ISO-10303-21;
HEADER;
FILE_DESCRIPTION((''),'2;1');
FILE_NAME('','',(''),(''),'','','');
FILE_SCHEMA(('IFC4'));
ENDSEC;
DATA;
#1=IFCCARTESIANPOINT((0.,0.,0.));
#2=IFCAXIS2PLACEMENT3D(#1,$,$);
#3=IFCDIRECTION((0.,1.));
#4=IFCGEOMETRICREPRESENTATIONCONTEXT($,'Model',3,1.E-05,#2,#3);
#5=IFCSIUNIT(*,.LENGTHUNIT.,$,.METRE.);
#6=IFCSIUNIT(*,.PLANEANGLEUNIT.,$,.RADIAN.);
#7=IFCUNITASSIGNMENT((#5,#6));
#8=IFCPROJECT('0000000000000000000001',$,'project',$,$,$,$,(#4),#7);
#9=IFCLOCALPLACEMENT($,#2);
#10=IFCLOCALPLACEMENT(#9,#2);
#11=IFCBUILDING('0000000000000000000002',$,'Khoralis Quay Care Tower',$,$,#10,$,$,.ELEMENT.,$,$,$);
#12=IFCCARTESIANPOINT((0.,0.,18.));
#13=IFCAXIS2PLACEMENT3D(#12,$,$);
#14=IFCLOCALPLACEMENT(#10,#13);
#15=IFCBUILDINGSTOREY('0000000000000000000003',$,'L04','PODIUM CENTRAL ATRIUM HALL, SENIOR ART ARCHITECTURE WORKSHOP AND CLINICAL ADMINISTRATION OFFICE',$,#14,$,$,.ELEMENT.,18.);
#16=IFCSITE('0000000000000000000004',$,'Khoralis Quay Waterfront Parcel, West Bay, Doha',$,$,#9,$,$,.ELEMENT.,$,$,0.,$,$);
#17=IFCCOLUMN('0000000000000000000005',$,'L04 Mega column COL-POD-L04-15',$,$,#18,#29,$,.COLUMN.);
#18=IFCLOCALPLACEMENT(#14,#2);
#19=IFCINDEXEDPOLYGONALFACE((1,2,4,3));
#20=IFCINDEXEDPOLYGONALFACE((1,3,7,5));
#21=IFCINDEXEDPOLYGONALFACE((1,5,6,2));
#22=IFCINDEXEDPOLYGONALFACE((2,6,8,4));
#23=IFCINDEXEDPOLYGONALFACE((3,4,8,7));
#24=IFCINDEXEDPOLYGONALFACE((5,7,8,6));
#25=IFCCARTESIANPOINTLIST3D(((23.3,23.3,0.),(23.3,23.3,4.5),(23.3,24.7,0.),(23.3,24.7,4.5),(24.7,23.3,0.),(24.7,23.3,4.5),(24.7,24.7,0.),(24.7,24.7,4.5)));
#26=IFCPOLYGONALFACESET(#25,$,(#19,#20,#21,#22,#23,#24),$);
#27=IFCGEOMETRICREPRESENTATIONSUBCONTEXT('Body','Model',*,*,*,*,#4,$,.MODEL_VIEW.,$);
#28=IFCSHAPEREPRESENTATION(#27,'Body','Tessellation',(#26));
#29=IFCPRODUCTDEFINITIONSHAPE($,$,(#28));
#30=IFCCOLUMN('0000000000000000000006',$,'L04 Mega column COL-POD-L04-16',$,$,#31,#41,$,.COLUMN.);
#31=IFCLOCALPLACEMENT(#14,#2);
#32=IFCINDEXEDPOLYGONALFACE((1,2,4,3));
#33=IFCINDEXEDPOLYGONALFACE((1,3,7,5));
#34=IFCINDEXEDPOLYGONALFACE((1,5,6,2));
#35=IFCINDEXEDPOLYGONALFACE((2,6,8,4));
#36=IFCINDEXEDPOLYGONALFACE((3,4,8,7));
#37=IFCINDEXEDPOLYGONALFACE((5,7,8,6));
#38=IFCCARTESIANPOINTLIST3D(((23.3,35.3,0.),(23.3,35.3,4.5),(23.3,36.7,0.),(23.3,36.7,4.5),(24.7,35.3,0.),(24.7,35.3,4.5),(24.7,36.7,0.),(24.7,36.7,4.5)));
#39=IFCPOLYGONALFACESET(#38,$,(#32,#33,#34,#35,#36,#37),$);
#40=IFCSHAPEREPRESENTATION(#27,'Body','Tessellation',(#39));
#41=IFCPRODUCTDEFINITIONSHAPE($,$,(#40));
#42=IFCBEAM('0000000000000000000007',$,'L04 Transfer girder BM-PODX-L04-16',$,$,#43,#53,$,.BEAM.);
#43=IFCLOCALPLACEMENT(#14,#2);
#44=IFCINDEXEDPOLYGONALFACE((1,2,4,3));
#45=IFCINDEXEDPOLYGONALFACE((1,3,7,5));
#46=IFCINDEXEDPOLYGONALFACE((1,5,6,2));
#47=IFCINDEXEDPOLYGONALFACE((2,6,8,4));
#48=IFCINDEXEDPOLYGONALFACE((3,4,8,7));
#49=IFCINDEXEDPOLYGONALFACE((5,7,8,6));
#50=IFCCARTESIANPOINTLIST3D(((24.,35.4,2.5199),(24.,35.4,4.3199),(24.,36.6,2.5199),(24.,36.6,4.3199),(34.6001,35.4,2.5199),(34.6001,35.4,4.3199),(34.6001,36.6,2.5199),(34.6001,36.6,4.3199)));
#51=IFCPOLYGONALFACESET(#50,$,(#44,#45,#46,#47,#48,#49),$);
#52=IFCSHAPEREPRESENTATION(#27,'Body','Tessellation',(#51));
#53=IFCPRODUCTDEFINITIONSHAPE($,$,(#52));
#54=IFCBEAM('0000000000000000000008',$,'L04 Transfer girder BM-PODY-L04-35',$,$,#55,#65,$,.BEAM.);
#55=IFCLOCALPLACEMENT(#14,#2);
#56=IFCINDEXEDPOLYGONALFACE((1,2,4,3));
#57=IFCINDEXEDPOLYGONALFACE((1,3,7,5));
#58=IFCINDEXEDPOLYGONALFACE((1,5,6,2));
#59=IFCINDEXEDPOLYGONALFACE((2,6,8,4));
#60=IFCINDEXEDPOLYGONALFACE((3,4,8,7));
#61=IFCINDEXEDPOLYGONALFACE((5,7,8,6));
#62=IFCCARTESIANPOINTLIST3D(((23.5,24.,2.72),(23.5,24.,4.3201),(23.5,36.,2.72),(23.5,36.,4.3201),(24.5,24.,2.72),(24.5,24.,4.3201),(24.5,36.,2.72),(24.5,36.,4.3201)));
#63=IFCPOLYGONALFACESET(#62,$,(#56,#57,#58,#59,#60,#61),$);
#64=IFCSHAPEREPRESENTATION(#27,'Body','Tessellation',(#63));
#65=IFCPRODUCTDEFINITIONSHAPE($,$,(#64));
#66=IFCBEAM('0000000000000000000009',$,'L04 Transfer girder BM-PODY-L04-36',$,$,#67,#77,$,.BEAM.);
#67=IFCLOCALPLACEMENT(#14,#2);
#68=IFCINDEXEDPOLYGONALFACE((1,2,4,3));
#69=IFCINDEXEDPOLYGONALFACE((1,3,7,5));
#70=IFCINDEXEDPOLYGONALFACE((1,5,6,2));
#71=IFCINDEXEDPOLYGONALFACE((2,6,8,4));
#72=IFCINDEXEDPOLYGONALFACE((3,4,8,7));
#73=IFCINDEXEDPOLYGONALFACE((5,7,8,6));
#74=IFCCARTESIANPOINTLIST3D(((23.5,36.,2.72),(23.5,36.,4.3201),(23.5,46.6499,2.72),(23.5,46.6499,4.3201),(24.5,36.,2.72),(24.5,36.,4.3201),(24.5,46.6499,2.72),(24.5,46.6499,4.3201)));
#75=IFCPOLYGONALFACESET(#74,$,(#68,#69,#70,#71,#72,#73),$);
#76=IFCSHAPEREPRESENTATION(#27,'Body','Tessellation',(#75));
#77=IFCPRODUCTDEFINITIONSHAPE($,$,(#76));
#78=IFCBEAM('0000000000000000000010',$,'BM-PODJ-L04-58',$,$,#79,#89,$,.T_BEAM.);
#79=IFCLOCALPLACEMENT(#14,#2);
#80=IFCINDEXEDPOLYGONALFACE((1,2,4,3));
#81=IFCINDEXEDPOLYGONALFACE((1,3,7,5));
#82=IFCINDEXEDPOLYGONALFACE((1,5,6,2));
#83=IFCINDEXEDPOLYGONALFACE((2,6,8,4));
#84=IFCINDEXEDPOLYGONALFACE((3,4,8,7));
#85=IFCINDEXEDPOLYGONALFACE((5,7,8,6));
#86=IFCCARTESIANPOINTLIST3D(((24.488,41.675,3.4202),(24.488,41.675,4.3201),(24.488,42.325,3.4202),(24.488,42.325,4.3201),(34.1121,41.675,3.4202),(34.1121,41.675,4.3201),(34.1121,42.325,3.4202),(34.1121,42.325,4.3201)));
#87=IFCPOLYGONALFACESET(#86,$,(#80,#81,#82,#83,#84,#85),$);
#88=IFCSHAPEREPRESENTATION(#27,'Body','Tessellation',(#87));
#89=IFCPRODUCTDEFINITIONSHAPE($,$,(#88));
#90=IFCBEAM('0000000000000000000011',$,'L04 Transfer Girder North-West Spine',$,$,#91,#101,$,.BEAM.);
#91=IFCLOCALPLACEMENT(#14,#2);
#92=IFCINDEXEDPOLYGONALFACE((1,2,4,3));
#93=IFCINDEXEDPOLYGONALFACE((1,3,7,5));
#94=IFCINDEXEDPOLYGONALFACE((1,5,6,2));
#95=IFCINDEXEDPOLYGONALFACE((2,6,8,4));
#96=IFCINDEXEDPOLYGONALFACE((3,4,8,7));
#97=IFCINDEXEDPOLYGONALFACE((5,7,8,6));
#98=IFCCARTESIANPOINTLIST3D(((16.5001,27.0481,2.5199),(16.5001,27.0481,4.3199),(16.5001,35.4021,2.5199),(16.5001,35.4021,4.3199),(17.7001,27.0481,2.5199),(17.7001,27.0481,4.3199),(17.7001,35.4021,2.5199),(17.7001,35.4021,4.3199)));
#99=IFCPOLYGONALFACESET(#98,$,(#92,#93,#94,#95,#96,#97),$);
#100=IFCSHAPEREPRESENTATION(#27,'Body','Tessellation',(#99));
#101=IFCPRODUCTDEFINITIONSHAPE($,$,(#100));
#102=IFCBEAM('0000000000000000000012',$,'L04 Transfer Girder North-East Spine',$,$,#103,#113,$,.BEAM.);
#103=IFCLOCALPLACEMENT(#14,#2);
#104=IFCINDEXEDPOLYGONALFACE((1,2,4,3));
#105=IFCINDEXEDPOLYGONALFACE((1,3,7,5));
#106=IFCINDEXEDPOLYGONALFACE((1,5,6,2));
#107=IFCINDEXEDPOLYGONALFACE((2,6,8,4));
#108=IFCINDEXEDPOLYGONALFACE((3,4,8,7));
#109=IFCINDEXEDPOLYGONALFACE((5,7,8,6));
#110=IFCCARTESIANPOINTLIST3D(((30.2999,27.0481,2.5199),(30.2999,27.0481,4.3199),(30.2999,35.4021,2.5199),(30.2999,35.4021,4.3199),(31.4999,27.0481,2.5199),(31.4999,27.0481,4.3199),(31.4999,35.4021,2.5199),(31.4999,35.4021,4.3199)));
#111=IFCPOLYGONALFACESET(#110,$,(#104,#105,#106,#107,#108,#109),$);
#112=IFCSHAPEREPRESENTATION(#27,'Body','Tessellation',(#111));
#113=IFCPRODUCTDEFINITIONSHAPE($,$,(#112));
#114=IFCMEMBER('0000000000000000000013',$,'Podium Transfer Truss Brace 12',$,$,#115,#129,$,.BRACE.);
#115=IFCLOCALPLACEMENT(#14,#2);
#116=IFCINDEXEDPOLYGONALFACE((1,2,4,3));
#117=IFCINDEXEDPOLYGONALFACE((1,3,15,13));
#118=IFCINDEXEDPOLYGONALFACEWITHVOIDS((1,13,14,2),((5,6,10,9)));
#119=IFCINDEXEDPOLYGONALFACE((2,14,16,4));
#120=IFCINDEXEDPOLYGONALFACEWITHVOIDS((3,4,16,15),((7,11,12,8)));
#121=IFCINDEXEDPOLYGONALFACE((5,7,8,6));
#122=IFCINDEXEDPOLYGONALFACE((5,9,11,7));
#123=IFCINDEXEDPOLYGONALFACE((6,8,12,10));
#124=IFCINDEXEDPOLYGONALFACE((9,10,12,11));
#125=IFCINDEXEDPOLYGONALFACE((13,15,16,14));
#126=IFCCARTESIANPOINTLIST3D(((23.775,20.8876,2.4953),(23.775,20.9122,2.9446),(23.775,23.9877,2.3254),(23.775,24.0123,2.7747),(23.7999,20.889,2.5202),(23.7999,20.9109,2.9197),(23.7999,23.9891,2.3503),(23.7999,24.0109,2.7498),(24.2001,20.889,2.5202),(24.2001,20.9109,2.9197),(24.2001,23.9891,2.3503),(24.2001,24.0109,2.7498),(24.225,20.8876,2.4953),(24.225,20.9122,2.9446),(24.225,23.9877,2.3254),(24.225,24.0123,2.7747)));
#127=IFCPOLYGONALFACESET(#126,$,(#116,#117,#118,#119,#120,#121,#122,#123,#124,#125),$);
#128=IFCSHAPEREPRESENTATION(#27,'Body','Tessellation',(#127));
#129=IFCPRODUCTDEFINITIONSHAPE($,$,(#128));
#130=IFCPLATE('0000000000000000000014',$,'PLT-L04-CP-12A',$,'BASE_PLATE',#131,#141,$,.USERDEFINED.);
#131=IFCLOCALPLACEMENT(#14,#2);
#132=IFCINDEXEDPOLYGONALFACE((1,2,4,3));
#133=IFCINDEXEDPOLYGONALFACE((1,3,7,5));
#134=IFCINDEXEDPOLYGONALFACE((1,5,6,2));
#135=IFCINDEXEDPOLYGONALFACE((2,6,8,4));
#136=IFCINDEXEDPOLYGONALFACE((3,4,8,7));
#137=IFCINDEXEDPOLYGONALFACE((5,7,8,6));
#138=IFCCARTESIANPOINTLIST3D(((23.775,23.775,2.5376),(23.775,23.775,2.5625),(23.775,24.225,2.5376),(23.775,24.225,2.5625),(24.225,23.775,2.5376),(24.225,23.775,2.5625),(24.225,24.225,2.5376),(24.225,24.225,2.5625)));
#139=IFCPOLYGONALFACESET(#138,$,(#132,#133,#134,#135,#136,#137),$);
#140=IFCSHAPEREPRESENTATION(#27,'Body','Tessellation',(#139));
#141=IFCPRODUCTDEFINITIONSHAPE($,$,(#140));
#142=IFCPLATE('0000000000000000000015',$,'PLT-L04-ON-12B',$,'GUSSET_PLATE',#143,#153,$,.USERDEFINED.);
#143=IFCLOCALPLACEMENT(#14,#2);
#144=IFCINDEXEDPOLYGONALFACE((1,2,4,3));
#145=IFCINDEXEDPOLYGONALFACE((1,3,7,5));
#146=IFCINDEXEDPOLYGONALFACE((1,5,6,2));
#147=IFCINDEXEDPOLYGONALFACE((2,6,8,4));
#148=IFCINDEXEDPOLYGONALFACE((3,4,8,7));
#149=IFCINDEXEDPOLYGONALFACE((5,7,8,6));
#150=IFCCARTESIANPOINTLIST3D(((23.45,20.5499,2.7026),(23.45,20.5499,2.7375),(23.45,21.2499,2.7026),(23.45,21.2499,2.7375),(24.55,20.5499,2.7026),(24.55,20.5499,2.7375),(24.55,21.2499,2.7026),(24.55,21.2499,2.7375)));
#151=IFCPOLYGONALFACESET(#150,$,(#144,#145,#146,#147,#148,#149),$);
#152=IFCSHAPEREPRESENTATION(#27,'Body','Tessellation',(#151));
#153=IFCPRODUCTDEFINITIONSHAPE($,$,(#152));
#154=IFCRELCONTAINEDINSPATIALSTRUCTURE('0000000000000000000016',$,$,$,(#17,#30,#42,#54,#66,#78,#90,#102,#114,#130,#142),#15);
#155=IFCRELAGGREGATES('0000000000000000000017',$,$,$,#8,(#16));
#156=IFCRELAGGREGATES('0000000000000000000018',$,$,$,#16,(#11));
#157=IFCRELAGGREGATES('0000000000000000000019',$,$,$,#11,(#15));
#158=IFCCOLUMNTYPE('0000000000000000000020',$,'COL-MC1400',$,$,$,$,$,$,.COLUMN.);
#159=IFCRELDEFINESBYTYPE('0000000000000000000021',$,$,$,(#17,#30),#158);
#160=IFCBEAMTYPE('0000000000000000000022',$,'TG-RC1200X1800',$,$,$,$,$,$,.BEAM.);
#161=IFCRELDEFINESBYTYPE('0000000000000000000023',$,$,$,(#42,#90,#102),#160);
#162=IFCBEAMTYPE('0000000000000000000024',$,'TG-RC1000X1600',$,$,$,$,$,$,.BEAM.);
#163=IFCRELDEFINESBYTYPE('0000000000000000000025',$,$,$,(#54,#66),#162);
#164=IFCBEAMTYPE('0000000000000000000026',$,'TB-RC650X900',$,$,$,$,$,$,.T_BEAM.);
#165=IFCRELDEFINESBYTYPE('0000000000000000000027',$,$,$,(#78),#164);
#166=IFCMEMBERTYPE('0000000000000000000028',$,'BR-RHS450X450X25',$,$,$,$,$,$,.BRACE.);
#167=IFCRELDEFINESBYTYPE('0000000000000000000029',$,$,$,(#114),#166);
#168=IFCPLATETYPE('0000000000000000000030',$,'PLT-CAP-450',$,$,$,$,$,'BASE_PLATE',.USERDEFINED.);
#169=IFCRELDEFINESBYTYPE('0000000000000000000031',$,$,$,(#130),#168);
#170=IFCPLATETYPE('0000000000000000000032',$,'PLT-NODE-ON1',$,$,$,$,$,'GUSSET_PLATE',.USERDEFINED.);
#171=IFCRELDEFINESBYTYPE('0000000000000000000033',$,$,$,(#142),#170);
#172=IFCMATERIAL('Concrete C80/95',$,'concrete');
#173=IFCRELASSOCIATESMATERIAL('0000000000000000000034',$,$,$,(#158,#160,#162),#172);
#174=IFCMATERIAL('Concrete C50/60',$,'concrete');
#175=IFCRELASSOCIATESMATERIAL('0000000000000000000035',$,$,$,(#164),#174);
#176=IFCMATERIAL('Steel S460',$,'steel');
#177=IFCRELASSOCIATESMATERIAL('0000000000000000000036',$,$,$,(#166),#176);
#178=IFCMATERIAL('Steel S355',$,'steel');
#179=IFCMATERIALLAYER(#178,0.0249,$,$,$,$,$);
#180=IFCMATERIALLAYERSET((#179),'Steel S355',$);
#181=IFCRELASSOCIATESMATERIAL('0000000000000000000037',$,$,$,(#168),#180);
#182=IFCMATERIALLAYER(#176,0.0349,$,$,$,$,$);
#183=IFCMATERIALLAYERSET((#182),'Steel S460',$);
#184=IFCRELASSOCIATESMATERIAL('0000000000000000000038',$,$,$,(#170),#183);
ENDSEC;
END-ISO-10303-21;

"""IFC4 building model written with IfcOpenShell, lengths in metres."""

from ifc_helpers import new_model, si_unit, direction, frame, origin, origin_2d, place, context, subcontext, project, spatial, rectangle, hollow_rectangle, extrude, source, transform, mapped, material, layer, layer_set, material_profile, profile_set, type_object, element, save


model = new_model("IFC4")

# Units and contexts
model_context = context("Model", 3, precision=1e-05, world=origin(), true_north=direction((0.0, 1.0)))
body_context = subcontext(model_context, "Body", "Model", "MODEL_VIEW")
ifc_project = project(units=[si_unit("LENGTHUNIT", "METRE"), si_unit("PLANEANGLEUNIT", "RADIAN")], contexts=[model_context])

# Site, building, storey
site_placement = place(None, origin())
site = spatial("IfcSite", under=ifc_project, at=site_placement, Name="Khoralis Quay Waterfront Parcel, West Bay, Doha", CompositionType="ELEMENT", RefElevation=0.0)
building_placement = place(site_placement, origin())
building = spatial("IfcBuilding", under=site, at=building_placement, Name="Khoralis Quay Care Tower", CompositionType="ELEMENT")
storey_placement = place(building_placement, frame((0.0, 0.0, 18.0)))
storey = spatial("IfcBuildingStorey", under=building, at=storey_placement, Name="L04", Description="PODIUM CENTRAL ATRIUM HALL, SENIOR ART ARCHITECTURE WORKSHOP AND CLINICAL ADMINISTRATION OFFICE", CompositionType="ELEMENT", Elevation=18.0)

# Columns
ifc_material_1 = material(Name="Concrete C80/95", Category="concrete")
ifc_material_profile_1 = material_profile(ifc_material_1, rectangle(XDim=1.3999, YDim=1.3999, at=origin_2d()), Name="Concrete C80/95")
ifc_profile_set_1 = profile_set([ifc_material_profile_1], Name="Concrete C80/95")
column_type = type_object("IfcColumnType", Name="COL-MC1400", PredefinedType="COLUMN", material=ifc_profile_set_1)
shared_shape_1 = source(origin(), body_context, "Body", "SweptSolid", [
    extrude(rectangle(XDim=1.3999, YDim=1.3999, at=origin_2d()), origin(), (0.0, 0.0, 1.0), 4.5),
])
for number, where, z_axis, x_axis, name in (
    (1, (24.0, 24.0, 0.0), (0.0, 0.0, 1.0), (1.0, 0.0, 0.0), "L04 Mega column COL-POD-L04-15"),
    (2, (24.0, 36.0, 0.0), (0.0, 0.0, 1.0), (1.0, 0.0, 0.0), "L04 Mega column COL-POD-L04-16"),
):
    element("IfcColumn", number, at=place(storey_placement, frame(where, z_axis=z_axis, x_axis=x_axis)), inside=storey, type_object=column_type, Name=name, PredefinedType="COLUMN", context=body_context, shape_type="MappedRepresentation", body=[
        mapped(shared_shape_1, transform((0.0, 0.0, 0.0), scale=1.0)),
    ])

# Beams
ifc_material_profile_2 = material_profile(ifc_material_1, rectangle(XDim=1.2, YDim=1.8, at=origin_2d()), Name="Concrete C80/95")
ifc_profile_set_2 = profile_set([ifc_material_profile_2], Name="Concrete C80/95")
beam_type_1 = type_object("IfcBeamType", Name="TG-RC1200X1800", PredefinedType="BEAM", material=ifc_profile_set_2)
shared_shape_2 = source(origin(), body_context, "Body", "SweptSolid", [
    extrude(rectangle(XDim=1.2, YDim=1.8, at=origin_2d()), origin(), (0.0, 0.0, 1.0), 10.6001),
])
beam_1_placement = place(storey_placement, frame((24.0, 36.0, 3.4199), z_axis=(1.0, 0.0, 0.0), x_axis=(0.0, 1.0, 0.0)))
element("IfcBeam", 3, at=beam_1_placement, inside=storey, type_object=beam_type_1, Name="L04 Transfer girder BM-PODX-L04-16", PredefinedType="BEAM", context=body_context, shape_type="MappedRepresentation", body=[
    mapped(shared_shape_2, transform((0.0, 0.0, 0.0), scale=1.0)),
])
ifc_material_profile_3 = material_profile(ifc_material_1, rectangle(XDim=1.0, YDim=1.6001, at=origin_2d()), Name="Concrete C80/95")
ifc_profile_set_3 = profile_set([ifc_material_profile_3], Name="Concrete C80/95")
beam_type_2 = type_object("IfcBeamType", Name="TG-RC1000X1600", PredefinedType="BEAM", material=ifc_profile_set_3)
shared_shape_3 = source(origin(), body_context, "Body", "SweptSolid", [
    extrude(rectangle(XDim=1.0, YDim=1.6001, at=origin_2d()), origin(), (0.0, 0.0, 1.0), 12.0),
])
beam_2_placement = place(storey_placement, frame((24.0, 24.0, 3.52), z_axis=(0.0, 1.0, 0.0), x_axis=(-1.0, 0.0, 0.0)))
element("IfcBeam", 4, at=beam_2_placement, inside=storey, type_object=beam_type_2, Name="L04 Transfer girder BM-PODY-L04-35", PredefinedType="BEAM", context=body_context, shape_type="MappedRepresentation", body=[
    mapped(shared_shape_3, transform((0.0, 0.0, 0.0), scale=1.0)),
])
shared_shape_4 = source(origin(), body_context, "Body", "SweptSolid", [
    extrude(rectangle(XDim=1.0, YDim=1.6001, at=origin_2d()), origin(), (0.0, 0.0, 1.0), 10.6499),
])
beam_3_placement = place(storey_placement, frame((24.0, 36.0, 3.52), z_axis=(0.0, 1.0, 0.0), x_axis=(-1.0, 0.0, 0.0)))
element("IfcBeam", 5, at=beam_3_placement, inside=storey, type_object=beam_type_2, Name="L04 Transfer girder BM-PODY-L04-36", PredefinedType="BEAM", context=body_context, shape_type="MappedRepresentation", body=[
    mapped(shared_shape_4, transform((0.0, 0.0, 0.0), scale=1.0)),
])
ifc_material_2 = material(Name="Concrete C50/60", Category="concrete")
ifc_material_profile_4 = material_profile(ifc_material_2, rectangle(XDim=0.6499, YDim=0.8999, at=origin_2d()), Name="Concrete C50/60")
ifc_profile_set_4 = profile_set([ifc_material_profile_4], Name="Concrete C50/60")
beam_type_3 = type_object("IfcBeamType", Name="TB-RC650X900", PredefinedType="T_BEAM", material=ifc_profile_set_4)
shared_shape_5 = source(origin(), body_context, "Body", "SweptSolid", [
    extrude(rectangle(XDim=0.6499, YDim=0.8999, at=origin_2d()), origin(), (0.0, 0.0, 1.0), 9.624),
])
beam_4_placement = place(storey_placement, frame((24.488, 42.0, 3.8701), z_axis=(1.0, 0.0, 0.0), x_axis=(0.0, 1.0, 0.0)))
element("IfcBeam", 6, at=beam_4_placement, inside=storey, type_object=beam_type_3, Name="BM-PODJ-L04-58", PredefinedType="T_BEAM", context=body_context, shape_type="MappedRepresentation", body=[
    mapped(shared_shape_5, transform((0.0, 0.0, 0.0), scale=1.0)),
])
shared_shape_6 = source(origin(), body_context, "Body", "SweptSolid", [
    extrude(rectangle(XDim=1.2, YDim=1.8, at=origin_2d()), origin(), (0.0, 0.0, 1.0), 8.354),
])
for number, where, z_axis, x_axis, name in (
    (7, (17.1001, 27.0481, 3.4199), (0.0, 1.0, 0.0), (-1.0, 0.0, 0.0), "L04 Transfer Girder North-West Spine"),
    (8, (30.8999, 27.0481, 3.4199), (0.0, 1.0, 0.0), (-1.0, 0.0, 0.0), "L04 Transfer Girder North-East Spine"),
):
    element("IfcBeam", number, at=place(storey_placement, frame(where, z_axis=z_axis, x_axis=x_axis)), inside=storey, type_object=beam_type_1, Name=name, PredefinedType="BEAM", context=body_context, shape_type="MappedRepresentation", body=[
        mapped(shared_shape_6, transform((0.0, 0.0, 0.0), scale=1.0)),
    ])

# Member
ifc_material_3 = material(Name="Steel S460", Category="steel")
ifc_material_profile_5 = material_profile(ifc_material_3, hollow_rectangle(XDim=0.45, YDim=0.45, WallThickness=0.0249, at=origin_2d()), Name="Steel S460")
ifc_profile_set_5 = profile_set([ifc_material_profile_5], Name="Steel S460")
member_type = type_object("IfcMemberType", Name="BR-RHS450X450X25", PredefinedType="BRACE", material=ifc_profile_set_5)
shared_shape_7 = source(origin(), body_context, "Body", "SweptSolid", [
    extrude(hollow_rectangle(XDim=0.45, YDim=0.45, WallThickness=0.0249, at=origin_2d()), origin(), (0.0, 0.0, 1.0), 3.1047),
])
member_placement = place(storey_placement, frame((24.0, 24.0, 2.55), z_axis=(0.0, -0.998501, 0.05473), x_axis=(1.0, 0.0, 0.0)))
element("IfcMember", 9, at=member_placement, inside=storey, type_object=member_type, Name="Podium Transfer Truss Brace 12", PredefinedType="BRACE", context=body_context, shape_type="MappedRepresentation", body=[
    mapped(shared_shape_7, transform((0.0, 0.0, 0.0), scale=1.0)),
])

# Plates
ifc_material_4 = material(Name="Steel S355", Category="steel")
ifc_layer_1 = layer(ifc_material_4, 0.0249)
ifc_layer_set_1 = layer_set([ifc_layer_1], Name="Steel S355")
plate_type_1 = type_object("IfcPlateType", Name="PLT-CAP-450", ElementType="BASE_PLATE", PredefinedType="USERDEFINED", material=ifc_layer_set_1)
shared_shape_8 = source(origin(), body_context, "Body", "SweptSolid", [
    extrude(rectangle(XDim=0.45, YDim=0.45, at=origin_2d()), origin(), (0.0, 0.0, 1.0), 0.0249),
])
plate_1_placement = place(storey_placement, frame((24.0, 24.0, 2.5376), z_axis=(0.0, 0.0, 1.0), x_axis=(1.0, 0.0, 0.0)))
element("IfcPlate", 10, at=plate_1_placement, inside=storey, type_object=plate_type_1, Name="PLT-L04-CP-12A", ObjectType="BASE_PLATE", PredefinedType="USERDEFINED", context=body_context, shape_type="MappedRepresentation", body=[
    mapped(shared_shape_8, transform((0.0, 0.0, 0.0), scale=1.0)),
])
ifc_layer_2 = layer(ifc_material_3, 0.0349)
ifc_layer_set_2 = layer_set([ifc_layer_2], Name="Steel S460")
plate_type_2 = type_object("IfcPlateType", Name="PLT-NODE-ON1", ElementType="GUSSET_PLATE", PredefinedType="USERDEFINED", material=ifc_layer_set_2)
shared_shape_9 = source(origin(), body_context, "Body", "SweptSolid", [
    extrude(rectangle(XDim=1.1001, YDim=0.7, at=origin_2d()), origin(), (0.0, 0.0, 1.0), 0.0349),
])
plate_2_placement = place(storey_placement, frame((24.0, 20.8999, 2.7026), z_axis=(0.0, 0.0, 1.0), x_axis=(1.0, 0.0, 0.0)))
element("IfcPlate", 11, at=plate_2_placement, inside=storey, type_object=plate_type_2, Name="PLT-L04-ON-12B", ObjectType="GUSSET_PLATE", PredefinedType="USERDEFINED", context=body_context, shape_type="MappedRepresentation", body=[
    mapped(shared_shape_9, transform((0.0, 0.0, 0.0), scale=1.0)),
])

save(model, "model.ifc")
